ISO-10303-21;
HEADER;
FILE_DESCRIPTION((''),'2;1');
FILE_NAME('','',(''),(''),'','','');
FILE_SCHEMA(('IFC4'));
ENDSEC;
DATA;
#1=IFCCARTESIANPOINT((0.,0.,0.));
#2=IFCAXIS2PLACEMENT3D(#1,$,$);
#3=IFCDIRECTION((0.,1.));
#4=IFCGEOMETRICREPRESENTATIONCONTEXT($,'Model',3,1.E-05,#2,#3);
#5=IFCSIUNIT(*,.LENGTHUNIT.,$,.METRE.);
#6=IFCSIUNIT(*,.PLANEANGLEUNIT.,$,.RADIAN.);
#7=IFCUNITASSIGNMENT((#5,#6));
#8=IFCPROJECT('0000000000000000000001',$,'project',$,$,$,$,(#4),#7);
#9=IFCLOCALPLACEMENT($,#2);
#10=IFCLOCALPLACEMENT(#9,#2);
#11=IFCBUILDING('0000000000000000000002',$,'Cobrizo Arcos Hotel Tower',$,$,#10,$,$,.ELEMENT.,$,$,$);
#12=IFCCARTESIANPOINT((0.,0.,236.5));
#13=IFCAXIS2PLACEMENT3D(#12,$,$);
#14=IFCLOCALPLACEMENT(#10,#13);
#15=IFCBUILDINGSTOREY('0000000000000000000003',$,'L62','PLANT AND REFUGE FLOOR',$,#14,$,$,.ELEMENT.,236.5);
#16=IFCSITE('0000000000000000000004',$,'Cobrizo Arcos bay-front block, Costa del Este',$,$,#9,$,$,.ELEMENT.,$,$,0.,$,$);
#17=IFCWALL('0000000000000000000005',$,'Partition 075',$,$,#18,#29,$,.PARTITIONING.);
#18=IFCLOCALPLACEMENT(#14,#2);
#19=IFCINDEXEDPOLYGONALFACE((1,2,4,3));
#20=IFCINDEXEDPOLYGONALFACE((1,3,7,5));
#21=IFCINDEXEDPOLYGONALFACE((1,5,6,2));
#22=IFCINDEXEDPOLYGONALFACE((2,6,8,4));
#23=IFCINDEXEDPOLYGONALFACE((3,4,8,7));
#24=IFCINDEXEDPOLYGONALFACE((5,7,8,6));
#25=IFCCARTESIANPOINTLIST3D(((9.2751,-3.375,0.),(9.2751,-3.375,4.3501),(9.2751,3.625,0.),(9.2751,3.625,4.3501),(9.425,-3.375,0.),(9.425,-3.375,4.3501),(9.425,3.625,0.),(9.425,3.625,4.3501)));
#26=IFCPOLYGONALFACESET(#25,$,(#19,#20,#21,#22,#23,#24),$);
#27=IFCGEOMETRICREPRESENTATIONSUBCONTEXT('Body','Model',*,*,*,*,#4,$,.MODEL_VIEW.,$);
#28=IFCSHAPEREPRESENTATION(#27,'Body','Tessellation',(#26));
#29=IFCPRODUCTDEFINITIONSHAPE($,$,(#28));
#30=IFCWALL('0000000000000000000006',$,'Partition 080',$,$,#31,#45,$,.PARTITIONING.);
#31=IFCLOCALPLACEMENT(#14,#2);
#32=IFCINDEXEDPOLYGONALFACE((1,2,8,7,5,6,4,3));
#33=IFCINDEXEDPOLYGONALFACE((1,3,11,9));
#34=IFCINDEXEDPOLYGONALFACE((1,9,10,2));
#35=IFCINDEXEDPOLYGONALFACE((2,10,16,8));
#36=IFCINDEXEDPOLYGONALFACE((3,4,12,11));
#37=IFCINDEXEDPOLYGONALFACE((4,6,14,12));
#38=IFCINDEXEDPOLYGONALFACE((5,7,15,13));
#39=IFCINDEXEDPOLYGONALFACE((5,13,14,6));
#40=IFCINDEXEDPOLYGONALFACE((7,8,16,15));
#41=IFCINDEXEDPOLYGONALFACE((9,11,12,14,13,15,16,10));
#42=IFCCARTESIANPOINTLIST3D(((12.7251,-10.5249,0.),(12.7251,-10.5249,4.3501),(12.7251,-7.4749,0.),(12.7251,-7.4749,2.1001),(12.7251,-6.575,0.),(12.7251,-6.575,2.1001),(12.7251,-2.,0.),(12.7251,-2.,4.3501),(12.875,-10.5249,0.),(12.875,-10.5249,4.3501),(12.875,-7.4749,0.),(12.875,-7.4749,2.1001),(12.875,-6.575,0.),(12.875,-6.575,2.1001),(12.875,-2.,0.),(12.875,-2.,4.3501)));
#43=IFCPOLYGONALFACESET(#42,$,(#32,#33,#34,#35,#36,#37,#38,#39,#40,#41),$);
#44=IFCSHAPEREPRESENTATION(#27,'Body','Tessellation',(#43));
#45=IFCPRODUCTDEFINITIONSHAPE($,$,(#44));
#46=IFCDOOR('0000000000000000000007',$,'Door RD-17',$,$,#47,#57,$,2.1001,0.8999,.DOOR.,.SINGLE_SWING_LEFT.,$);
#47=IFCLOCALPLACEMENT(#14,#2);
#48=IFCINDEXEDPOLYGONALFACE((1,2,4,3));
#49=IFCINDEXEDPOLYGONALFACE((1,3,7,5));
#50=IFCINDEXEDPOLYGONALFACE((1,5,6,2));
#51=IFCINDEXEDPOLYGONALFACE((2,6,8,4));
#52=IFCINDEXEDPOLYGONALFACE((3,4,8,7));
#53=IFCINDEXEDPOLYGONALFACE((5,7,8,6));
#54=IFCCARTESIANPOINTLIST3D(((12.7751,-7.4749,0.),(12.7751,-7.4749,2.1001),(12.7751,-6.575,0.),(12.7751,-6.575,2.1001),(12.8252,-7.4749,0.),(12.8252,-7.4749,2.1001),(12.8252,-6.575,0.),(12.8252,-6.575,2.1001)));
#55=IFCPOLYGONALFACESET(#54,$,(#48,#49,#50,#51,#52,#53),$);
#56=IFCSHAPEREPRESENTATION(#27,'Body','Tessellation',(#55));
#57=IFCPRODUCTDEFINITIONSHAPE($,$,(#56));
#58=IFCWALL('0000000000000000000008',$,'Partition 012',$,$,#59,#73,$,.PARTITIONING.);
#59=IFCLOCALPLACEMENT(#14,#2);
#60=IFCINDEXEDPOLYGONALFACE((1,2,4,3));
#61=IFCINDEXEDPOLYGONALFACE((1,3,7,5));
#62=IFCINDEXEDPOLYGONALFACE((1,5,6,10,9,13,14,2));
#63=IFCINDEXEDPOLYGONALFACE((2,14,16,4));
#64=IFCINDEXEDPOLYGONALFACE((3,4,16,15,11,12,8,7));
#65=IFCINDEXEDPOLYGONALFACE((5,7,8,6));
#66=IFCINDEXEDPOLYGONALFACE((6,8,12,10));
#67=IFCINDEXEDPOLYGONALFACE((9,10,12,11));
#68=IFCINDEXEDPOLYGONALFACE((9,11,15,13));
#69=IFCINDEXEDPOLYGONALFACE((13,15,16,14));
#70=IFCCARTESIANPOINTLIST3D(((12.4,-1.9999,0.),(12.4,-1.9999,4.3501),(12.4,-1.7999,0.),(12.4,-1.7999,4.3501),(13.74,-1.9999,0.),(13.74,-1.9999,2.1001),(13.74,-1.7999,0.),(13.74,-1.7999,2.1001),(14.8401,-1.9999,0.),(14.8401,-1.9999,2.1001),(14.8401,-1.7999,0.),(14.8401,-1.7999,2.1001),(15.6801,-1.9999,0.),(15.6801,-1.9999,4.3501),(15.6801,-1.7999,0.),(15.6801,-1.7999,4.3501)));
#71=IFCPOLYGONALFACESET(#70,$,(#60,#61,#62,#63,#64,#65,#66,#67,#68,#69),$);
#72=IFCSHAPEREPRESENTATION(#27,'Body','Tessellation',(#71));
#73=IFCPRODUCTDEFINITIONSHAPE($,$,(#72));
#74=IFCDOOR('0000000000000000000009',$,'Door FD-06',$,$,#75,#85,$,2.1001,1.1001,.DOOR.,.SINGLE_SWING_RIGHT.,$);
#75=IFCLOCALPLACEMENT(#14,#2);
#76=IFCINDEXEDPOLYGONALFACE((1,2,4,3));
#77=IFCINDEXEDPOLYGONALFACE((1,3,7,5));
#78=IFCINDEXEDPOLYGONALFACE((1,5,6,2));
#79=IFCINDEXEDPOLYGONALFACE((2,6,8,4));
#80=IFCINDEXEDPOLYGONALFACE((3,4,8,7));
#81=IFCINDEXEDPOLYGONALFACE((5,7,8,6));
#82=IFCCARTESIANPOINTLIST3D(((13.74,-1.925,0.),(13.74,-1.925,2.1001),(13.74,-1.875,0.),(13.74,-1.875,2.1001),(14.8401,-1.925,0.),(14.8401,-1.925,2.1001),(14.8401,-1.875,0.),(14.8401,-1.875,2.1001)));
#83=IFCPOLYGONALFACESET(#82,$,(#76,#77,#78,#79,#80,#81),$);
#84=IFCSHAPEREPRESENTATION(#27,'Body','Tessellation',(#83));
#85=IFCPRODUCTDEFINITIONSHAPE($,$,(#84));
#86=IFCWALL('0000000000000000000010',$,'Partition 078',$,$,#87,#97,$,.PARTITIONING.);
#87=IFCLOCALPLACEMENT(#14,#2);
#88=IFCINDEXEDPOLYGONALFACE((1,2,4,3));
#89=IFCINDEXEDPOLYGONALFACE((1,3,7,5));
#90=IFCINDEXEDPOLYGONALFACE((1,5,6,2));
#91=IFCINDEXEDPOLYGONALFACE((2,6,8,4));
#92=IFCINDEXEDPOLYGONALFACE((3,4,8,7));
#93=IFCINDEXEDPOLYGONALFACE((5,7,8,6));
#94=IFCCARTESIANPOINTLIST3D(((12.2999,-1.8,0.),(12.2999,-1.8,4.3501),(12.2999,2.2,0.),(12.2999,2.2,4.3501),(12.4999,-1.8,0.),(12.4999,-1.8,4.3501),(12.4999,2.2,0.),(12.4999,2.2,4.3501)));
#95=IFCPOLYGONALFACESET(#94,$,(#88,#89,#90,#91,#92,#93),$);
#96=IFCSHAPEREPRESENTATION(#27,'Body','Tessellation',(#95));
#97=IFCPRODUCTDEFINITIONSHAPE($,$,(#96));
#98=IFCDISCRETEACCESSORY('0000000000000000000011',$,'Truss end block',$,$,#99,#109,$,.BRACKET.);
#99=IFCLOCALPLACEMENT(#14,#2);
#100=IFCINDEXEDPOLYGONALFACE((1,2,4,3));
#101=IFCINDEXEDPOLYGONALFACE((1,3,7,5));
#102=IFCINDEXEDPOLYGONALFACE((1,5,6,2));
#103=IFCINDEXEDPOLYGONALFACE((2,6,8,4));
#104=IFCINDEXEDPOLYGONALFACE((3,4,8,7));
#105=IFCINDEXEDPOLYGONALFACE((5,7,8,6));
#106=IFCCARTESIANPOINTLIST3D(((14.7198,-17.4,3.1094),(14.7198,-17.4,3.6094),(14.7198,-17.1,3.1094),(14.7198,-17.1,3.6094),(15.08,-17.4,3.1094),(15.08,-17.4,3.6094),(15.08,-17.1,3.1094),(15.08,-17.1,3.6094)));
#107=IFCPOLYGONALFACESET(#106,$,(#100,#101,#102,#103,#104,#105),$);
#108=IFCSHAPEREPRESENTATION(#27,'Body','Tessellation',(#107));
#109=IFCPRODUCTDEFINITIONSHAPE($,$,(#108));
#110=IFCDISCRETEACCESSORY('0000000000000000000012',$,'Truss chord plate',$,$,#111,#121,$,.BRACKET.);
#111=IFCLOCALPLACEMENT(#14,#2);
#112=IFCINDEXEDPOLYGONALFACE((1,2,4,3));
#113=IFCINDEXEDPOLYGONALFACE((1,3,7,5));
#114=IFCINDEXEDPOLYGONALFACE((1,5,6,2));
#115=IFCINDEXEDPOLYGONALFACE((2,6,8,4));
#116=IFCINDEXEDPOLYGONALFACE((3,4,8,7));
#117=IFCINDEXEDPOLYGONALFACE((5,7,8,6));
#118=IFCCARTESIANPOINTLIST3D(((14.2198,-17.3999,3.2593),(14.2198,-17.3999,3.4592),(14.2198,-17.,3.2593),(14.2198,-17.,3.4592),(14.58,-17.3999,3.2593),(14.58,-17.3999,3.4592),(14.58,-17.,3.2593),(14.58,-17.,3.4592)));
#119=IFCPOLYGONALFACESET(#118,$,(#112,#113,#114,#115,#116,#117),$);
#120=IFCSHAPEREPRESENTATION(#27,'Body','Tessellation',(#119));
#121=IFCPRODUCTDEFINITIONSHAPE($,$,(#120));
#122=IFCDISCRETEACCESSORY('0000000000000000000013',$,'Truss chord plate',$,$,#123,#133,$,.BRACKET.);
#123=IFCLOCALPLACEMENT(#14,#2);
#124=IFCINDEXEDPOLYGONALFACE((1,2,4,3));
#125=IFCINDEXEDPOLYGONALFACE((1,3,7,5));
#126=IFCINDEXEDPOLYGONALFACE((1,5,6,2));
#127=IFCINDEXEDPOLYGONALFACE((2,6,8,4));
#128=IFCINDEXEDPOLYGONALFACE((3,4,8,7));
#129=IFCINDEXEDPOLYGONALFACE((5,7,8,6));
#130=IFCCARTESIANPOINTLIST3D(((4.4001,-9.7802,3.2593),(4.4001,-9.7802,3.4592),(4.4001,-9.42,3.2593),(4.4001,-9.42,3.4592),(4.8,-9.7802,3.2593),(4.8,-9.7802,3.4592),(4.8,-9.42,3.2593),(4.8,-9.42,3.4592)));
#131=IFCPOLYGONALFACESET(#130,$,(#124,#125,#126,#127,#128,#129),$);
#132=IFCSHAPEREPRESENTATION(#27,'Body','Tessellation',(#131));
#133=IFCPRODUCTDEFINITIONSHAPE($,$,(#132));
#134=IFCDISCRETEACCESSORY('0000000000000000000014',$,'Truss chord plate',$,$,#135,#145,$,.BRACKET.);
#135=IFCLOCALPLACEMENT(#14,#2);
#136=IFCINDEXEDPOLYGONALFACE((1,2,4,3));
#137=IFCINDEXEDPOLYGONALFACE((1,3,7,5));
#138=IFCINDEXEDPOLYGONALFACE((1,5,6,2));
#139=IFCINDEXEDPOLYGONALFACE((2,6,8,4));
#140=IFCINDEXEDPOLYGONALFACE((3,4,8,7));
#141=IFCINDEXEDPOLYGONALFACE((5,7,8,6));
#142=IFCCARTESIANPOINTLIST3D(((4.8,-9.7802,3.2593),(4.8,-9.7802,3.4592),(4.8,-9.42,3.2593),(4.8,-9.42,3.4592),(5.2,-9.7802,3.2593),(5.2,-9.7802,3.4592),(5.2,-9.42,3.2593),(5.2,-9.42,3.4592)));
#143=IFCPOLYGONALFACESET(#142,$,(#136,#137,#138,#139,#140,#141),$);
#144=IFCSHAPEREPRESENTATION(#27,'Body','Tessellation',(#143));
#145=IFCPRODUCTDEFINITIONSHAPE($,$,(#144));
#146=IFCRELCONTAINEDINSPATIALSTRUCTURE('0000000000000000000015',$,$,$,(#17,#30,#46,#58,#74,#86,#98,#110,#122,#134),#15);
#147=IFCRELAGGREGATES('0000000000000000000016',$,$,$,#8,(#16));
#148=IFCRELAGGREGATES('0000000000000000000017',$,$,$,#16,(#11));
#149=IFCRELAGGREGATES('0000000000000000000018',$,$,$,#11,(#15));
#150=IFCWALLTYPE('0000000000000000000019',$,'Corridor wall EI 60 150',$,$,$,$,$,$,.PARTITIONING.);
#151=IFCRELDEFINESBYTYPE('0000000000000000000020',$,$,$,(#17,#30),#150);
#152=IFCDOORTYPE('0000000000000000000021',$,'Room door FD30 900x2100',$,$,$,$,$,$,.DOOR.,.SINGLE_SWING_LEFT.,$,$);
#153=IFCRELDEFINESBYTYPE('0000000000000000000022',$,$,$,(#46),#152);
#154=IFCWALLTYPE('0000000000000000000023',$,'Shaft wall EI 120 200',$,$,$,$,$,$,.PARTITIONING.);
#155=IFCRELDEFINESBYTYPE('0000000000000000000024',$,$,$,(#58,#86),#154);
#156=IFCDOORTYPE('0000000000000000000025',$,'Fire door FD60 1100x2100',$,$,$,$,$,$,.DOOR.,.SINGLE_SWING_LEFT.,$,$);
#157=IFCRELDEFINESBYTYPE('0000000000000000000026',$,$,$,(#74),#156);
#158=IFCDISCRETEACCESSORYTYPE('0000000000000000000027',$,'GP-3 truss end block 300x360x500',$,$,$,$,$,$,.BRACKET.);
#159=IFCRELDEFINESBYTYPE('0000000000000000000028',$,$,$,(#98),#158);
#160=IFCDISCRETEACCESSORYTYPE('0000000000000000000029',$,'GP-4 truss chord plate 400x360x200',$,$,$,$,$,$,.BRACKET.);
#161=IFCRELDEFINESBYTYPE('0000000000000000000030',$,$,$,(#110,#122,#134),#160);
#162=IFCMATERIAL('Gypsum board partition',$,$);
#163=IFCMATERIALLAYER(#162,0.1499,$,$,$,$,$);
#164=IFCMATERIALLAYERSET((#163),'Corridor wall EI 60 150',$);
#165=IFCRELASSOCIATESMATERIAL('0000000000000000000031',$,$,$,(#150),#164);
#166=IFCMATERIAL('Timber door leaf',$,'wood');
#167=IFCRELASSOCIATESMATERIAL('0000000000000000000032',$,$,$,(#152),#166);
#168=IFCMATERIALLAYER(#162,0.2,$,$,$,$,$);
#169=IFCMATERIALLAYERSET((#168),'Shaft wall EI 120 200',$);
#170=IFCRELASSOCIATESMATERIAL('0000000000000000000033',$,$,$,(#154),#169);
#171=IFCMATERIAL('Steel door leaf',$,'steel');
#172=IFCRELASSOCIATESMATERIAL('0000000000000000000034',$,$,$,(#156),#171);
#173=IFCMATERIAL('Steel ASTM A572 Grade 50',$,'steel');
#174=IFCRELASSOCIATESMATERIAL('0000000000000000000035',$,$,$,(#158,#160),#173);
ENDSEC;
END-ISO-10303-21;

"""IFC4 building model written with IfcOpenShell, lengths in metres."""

from ifc_helpers import new_model, si_unit, direction, frame, frame_2d, origin, origin_2d, place, context, subcontext, project, spatial, rectangle, extrude, material, layer, layer_set, type_object, element, fill, save


model = new_model("IFC4")

# Units and contexts
model_context = context("Model", 3, precision=1e-05, world=origin(), true_north=direction((0.0, 1.0)))
body_context = subcontext(model_context, "Body", "Model", "MODEL_VIEW")
ifc_project = project(units=[si_unit("LENGTHUNIT", "METRE"), si_unit("PLANEANGLEUNIT", "RADIAN")], contexts=[model_context])

# Site, building, storey
site_placement = place(None, origin())
site = spatial("IfcSite", under=ifc_project, at=site_placement, Name="Cobrizo Arcos bay-front block, Costa del Este", CompositionType="ELEMENT", RefElevation=0.0)
building_placement = place(site_placement, origin())
building = spatial("IfcBuilding", under=site, at=building_placement, Name="Cobrizo Arcos Hotel Tower", CompositionType="ELEMENT")
storey_placement = place(building_placement, frame((0.0, 0.0, 236.5)))
storey = spatial("IfcBuildingStorey", under=building, at=storey_placement, Name="L62", Description="PLANT AND REFUGE FLOOR", CompositionType="ELEMENT", Elevation=236.5)

# Shared definitions
ifc_material_1 = material(Name="Gypsum board partition")
ifc_layer_1 = layer(ifc_material_1, 0.1499)
ifc_layer_set_1 = layer_set([ifc_layer_1], Name="Corridor wall EI 60 150")
wall_type_1 = type_object("IfcWallType", Name="Corridor wall EI 60 150", PredefinedType="PARTITIONING", material=ifc_layer_set_1)

# Shared definitions
ifc_material_2 = material(Name="Timber door leaf", Category="wood")
door_type_1 = type_object("IfcDoorType", Name="Room door FD30 900x2100", OperationType="SINGLE_SWING_LEFT", PredefinedType="DOOR", material=ifc_material_2)

# Wall
for number, where, z_axis, x_axis, name in (
    (1, (9.3501, -3.375, 0.0), (0.0, 0.0, 1.0), (0.0, 1.0, 0.0), "Partition 075"),
):
    element("IfcWall", number, at=place(storey_placement, frame(where, z_axis=z_axis, x_axis=x_axis)), inside=storey, type_object=wall_type_1, Name=name, PredefinedType="PARTITIONING", context=body_context, shape_type="SweptSolid", body=[
        extrude(rectangle(XDim=7.0, YDim=0.1499, at=frame_2d((3.5, 0.0))), origin(), (0.0, 0.0, 1.0), 4.3501),
    ])

# Walls, openings, doors
wall_1_placement = place(storey_placement, frame((12.8, -10.5249, 0.0), z_axis=(0.0, 0.0, 1.0), x_axis=(0.0, 1.0, 0.0)))
wall_1 = element("IfcWall", 2, at=wall_1_placement, inside=storey, type_object=wall_type_1, Name="Partition 080", PredefinedType="PARTITIONING", context=body_context, shape_type="SweptSolid", body=[
    extrude(rectangle(XDim=8.5249, YDim=0.1499, at=frame_2d((4.2625, 0.0))), origin(), (0.0, 0.0, 1.0), 4.3501),
])
opening_1_placement = place(wall_1_placement, frame((3.05, 0.0, 0.0)))
opening_1 = element("IfcOpeningElement", 3, at=opening_1_placement, cuts=wall_1, PredefinedType="OPENING", context=body_context, shape_type="SweptSolid", body=[
    extrude(rectangle(XDim=0.8999, YDim=2.1001, at=frame_2d((0.45, 1.05))), frame((0.0, 0.0869, 0.0), z_axis=(0.0, -1.0, 0.0), x_axis=(1.0, 0.0, 0.0)), (0.0, 0.0, 1.0), 0.1738),
])
door_1_placement = place(opening_1_placement, origin())
door_1 = element("IfcDoor", 4, at=door_1_placement, inside=storey, type_object=door_type_1, Name="Door RD-17", OperationType="SINGLE_SWING_LEFT", OverallHeight=2.1001, OverallWidth=0.8999, PredefinedType="DOOR", context=body_context, shape_type="SweptSolid", body=[
    extrude(rectangle(XDim=0.8999, YDim=2.1001, at=frame_2d((0.45, 1.05))), frame((0.0, 0.0249, 0.0), z_axis=(0.0, -1.0, 0.0), x_axis=(1.0, 0.0, 0.0)), (0.0, 0.0, 1.0), 0.05),
])
fill(opening_1, door_1)
ifc_layer_2 = layer(ifc_material_1, 0.2)
ifc_layer_set_2 = layer_set([ifc_layer_2], Name="Shaft wall EI 120 200")
wall_type_2 = type_object("IfcWallType", Name="Shaft wall EI 120 200", PredefinedType="PARTITIONING", material=ifc_layer_set_2)
wall_2_placement = place(storey_placement, frame((12.3999, -1.8999, 0.0), z_axis=(0.0, 0.0, 1.0), x_axis=(1.0, 0.0, 0.0)))
wall_2 = element("IfcWall", 5, at=wall_2_placement, inside=storey, type_object=wall_type_2, Name="Partition 012", PredefinedType="PARTITIONING", context=body_context, shape_type="SweptSolid", body=[
    extrude(rectangle(XDim=3.28, YDim=0.2, at=frame_2d((1.6401, 0.0))), origin(), (0.0, 0.0, 1.0), 4.3501),
])
opening_2_placement = place(wall_2_placement, frame((1.3401, 0.0, 0.0)))
opening_2 = element("IfcOpeningElement", 6, at=opening_2_placement, cuts=wall_2, PredefinedType="OPENING", context=body_context, shape_type="SweptSolid", body=[
    extrude(rectangle(XDim=1.1001, YDim=2.1001, at=frame_2d((0.55, 1.05))), frame((0.0, 0.1121, 0.0), z_axis=(0.0, -1.0, 0.0), x_axis=(1.0, 0.0, 0.0)), (0.0, 0.0, 1.0), 0.2239),
])
ifc_material_3 = material(Name="Steel door leaf", Category="steel")
door_type_2 = type_object("IfcDoorType", Name="Fire door FD60 1100x2100", OperationType="SINGLE_SWING_LEFT", PredefinedType="DOOR", material=ifc_material_3)
door_2_placement = place(opening_2_placement, origin())
door_2 = element("IfcDoor", 7, at=door_2_placement, inside=storey, type_object=door_type_2, Name="Door FD-06", OperationType="SINGLE_SWING_RIGHT", OverallHeight=2.1001, OverallWidth=1.1001, PredefinedType="DOOR", context=body_context, shape_type="SweptSolid", body=[
    extrude(rectangle(XDim=1.1001, YDim=2.1001, at=frame_2d((0.55, 1.05))), frame((0.0, 0.0249, 0.0), z_axis=(0.0, -1.0, 0.0), x_axis=(1.0, 0.0, 0.0)), (0.0, 0.0, 1.0), 0.05),
])
fill(opening_2, door_2)

# Wall
wall_3_placement = place(storey_placement, frame((12.3999, -1.8, 0.0), z_axis=(0.0, 0.0, 1.0), x_axis=(0.0, 1.0, 0.0)))
element("IfcWall", 8, at=wall_3_placement, inside=storey, type_object=wall_type_2, Name="Partition 078", PredefinedType="PARTITIONING", context=body_context, shape_type="SweptSolid", body=[
    extrude(rectangle(XDim=4.0, YDim=0.2, at=frame_2d((2.0, 0.0))), origin(), (0.0, 0.0, 1.0), 4.3501),
])

# Discrete accessories
ifc_material_4 = material(Name="Steel ASTM A572 Grade 50", Category="steel")
discrete_accessory_type_1 = type_object("IfcDiscreteAccessoryType", Name="GP-3 truss end block 300x360x500", PredefinedType="BRACKET", material=ifc_material_4)
discrete_accessory_placement = place(storey_placement, frame((14.8999, -17.25, 3.1094), z_axis=(0.0, 0.0, 1.0), x_axis=(0.0, 1.0, 0.0)))
element("IfcDiscreteAccessory", 9, at=discrete_accessory_placement, inside=storey, type_object=discrete_accessory_type_1, Name="Truss end block", PredefinedType="BRACKET", context=body_context, shape_type="SweptSolid", body=[
    extrude(rectangle(XDim=0.3, YDim=0.3601, at=origin_2d()), origin(), (0.0, 0.0, 1.0), 0.5),
])
discrete_accessory_type_2 = type_object("IfcDiscreteAccessoryType", Name="GP-4 truss chord plate 400x360x200", PredefinedType="BRACKET", material=ifc_material_4)
for number, where, z_axis, x_axis, name in (
    (10, (14.3999, -17.2, 3.2593), (0.0, 0.0, 1.0), (0.0, 1.0, 0.0), "Truss chord plate"),
    (11, (4.6001, -9.6001, 3.2593), (0.0, 0.0, 1.0), (1.0, 0.0, 0.0), "Truss chord plate"),
    (12, (5.0, -9.6001, 3.2593), (0.0, 0.0, 1.0), (1.0, 0.0, 0.0), "Truss chord plate"),
):
    element("IfcDiscreteAccessory", number, at=place(storey_placement, frame(where, z_axis=z_axis, x_axis=x_axis)), inside=storey, type_object=discrete_accessory_type_2, Name=name, PredefinedType="BRACKET", context=body_context, shape_type="SweptSolid", body=[
        extrude(rectangle(XDim=0.3999, YDim=0.3601, at=origin_2d()), origin(), (0.0, 0.0, 1.0), 0.2),
    ])

save(model, "model.ifc")
